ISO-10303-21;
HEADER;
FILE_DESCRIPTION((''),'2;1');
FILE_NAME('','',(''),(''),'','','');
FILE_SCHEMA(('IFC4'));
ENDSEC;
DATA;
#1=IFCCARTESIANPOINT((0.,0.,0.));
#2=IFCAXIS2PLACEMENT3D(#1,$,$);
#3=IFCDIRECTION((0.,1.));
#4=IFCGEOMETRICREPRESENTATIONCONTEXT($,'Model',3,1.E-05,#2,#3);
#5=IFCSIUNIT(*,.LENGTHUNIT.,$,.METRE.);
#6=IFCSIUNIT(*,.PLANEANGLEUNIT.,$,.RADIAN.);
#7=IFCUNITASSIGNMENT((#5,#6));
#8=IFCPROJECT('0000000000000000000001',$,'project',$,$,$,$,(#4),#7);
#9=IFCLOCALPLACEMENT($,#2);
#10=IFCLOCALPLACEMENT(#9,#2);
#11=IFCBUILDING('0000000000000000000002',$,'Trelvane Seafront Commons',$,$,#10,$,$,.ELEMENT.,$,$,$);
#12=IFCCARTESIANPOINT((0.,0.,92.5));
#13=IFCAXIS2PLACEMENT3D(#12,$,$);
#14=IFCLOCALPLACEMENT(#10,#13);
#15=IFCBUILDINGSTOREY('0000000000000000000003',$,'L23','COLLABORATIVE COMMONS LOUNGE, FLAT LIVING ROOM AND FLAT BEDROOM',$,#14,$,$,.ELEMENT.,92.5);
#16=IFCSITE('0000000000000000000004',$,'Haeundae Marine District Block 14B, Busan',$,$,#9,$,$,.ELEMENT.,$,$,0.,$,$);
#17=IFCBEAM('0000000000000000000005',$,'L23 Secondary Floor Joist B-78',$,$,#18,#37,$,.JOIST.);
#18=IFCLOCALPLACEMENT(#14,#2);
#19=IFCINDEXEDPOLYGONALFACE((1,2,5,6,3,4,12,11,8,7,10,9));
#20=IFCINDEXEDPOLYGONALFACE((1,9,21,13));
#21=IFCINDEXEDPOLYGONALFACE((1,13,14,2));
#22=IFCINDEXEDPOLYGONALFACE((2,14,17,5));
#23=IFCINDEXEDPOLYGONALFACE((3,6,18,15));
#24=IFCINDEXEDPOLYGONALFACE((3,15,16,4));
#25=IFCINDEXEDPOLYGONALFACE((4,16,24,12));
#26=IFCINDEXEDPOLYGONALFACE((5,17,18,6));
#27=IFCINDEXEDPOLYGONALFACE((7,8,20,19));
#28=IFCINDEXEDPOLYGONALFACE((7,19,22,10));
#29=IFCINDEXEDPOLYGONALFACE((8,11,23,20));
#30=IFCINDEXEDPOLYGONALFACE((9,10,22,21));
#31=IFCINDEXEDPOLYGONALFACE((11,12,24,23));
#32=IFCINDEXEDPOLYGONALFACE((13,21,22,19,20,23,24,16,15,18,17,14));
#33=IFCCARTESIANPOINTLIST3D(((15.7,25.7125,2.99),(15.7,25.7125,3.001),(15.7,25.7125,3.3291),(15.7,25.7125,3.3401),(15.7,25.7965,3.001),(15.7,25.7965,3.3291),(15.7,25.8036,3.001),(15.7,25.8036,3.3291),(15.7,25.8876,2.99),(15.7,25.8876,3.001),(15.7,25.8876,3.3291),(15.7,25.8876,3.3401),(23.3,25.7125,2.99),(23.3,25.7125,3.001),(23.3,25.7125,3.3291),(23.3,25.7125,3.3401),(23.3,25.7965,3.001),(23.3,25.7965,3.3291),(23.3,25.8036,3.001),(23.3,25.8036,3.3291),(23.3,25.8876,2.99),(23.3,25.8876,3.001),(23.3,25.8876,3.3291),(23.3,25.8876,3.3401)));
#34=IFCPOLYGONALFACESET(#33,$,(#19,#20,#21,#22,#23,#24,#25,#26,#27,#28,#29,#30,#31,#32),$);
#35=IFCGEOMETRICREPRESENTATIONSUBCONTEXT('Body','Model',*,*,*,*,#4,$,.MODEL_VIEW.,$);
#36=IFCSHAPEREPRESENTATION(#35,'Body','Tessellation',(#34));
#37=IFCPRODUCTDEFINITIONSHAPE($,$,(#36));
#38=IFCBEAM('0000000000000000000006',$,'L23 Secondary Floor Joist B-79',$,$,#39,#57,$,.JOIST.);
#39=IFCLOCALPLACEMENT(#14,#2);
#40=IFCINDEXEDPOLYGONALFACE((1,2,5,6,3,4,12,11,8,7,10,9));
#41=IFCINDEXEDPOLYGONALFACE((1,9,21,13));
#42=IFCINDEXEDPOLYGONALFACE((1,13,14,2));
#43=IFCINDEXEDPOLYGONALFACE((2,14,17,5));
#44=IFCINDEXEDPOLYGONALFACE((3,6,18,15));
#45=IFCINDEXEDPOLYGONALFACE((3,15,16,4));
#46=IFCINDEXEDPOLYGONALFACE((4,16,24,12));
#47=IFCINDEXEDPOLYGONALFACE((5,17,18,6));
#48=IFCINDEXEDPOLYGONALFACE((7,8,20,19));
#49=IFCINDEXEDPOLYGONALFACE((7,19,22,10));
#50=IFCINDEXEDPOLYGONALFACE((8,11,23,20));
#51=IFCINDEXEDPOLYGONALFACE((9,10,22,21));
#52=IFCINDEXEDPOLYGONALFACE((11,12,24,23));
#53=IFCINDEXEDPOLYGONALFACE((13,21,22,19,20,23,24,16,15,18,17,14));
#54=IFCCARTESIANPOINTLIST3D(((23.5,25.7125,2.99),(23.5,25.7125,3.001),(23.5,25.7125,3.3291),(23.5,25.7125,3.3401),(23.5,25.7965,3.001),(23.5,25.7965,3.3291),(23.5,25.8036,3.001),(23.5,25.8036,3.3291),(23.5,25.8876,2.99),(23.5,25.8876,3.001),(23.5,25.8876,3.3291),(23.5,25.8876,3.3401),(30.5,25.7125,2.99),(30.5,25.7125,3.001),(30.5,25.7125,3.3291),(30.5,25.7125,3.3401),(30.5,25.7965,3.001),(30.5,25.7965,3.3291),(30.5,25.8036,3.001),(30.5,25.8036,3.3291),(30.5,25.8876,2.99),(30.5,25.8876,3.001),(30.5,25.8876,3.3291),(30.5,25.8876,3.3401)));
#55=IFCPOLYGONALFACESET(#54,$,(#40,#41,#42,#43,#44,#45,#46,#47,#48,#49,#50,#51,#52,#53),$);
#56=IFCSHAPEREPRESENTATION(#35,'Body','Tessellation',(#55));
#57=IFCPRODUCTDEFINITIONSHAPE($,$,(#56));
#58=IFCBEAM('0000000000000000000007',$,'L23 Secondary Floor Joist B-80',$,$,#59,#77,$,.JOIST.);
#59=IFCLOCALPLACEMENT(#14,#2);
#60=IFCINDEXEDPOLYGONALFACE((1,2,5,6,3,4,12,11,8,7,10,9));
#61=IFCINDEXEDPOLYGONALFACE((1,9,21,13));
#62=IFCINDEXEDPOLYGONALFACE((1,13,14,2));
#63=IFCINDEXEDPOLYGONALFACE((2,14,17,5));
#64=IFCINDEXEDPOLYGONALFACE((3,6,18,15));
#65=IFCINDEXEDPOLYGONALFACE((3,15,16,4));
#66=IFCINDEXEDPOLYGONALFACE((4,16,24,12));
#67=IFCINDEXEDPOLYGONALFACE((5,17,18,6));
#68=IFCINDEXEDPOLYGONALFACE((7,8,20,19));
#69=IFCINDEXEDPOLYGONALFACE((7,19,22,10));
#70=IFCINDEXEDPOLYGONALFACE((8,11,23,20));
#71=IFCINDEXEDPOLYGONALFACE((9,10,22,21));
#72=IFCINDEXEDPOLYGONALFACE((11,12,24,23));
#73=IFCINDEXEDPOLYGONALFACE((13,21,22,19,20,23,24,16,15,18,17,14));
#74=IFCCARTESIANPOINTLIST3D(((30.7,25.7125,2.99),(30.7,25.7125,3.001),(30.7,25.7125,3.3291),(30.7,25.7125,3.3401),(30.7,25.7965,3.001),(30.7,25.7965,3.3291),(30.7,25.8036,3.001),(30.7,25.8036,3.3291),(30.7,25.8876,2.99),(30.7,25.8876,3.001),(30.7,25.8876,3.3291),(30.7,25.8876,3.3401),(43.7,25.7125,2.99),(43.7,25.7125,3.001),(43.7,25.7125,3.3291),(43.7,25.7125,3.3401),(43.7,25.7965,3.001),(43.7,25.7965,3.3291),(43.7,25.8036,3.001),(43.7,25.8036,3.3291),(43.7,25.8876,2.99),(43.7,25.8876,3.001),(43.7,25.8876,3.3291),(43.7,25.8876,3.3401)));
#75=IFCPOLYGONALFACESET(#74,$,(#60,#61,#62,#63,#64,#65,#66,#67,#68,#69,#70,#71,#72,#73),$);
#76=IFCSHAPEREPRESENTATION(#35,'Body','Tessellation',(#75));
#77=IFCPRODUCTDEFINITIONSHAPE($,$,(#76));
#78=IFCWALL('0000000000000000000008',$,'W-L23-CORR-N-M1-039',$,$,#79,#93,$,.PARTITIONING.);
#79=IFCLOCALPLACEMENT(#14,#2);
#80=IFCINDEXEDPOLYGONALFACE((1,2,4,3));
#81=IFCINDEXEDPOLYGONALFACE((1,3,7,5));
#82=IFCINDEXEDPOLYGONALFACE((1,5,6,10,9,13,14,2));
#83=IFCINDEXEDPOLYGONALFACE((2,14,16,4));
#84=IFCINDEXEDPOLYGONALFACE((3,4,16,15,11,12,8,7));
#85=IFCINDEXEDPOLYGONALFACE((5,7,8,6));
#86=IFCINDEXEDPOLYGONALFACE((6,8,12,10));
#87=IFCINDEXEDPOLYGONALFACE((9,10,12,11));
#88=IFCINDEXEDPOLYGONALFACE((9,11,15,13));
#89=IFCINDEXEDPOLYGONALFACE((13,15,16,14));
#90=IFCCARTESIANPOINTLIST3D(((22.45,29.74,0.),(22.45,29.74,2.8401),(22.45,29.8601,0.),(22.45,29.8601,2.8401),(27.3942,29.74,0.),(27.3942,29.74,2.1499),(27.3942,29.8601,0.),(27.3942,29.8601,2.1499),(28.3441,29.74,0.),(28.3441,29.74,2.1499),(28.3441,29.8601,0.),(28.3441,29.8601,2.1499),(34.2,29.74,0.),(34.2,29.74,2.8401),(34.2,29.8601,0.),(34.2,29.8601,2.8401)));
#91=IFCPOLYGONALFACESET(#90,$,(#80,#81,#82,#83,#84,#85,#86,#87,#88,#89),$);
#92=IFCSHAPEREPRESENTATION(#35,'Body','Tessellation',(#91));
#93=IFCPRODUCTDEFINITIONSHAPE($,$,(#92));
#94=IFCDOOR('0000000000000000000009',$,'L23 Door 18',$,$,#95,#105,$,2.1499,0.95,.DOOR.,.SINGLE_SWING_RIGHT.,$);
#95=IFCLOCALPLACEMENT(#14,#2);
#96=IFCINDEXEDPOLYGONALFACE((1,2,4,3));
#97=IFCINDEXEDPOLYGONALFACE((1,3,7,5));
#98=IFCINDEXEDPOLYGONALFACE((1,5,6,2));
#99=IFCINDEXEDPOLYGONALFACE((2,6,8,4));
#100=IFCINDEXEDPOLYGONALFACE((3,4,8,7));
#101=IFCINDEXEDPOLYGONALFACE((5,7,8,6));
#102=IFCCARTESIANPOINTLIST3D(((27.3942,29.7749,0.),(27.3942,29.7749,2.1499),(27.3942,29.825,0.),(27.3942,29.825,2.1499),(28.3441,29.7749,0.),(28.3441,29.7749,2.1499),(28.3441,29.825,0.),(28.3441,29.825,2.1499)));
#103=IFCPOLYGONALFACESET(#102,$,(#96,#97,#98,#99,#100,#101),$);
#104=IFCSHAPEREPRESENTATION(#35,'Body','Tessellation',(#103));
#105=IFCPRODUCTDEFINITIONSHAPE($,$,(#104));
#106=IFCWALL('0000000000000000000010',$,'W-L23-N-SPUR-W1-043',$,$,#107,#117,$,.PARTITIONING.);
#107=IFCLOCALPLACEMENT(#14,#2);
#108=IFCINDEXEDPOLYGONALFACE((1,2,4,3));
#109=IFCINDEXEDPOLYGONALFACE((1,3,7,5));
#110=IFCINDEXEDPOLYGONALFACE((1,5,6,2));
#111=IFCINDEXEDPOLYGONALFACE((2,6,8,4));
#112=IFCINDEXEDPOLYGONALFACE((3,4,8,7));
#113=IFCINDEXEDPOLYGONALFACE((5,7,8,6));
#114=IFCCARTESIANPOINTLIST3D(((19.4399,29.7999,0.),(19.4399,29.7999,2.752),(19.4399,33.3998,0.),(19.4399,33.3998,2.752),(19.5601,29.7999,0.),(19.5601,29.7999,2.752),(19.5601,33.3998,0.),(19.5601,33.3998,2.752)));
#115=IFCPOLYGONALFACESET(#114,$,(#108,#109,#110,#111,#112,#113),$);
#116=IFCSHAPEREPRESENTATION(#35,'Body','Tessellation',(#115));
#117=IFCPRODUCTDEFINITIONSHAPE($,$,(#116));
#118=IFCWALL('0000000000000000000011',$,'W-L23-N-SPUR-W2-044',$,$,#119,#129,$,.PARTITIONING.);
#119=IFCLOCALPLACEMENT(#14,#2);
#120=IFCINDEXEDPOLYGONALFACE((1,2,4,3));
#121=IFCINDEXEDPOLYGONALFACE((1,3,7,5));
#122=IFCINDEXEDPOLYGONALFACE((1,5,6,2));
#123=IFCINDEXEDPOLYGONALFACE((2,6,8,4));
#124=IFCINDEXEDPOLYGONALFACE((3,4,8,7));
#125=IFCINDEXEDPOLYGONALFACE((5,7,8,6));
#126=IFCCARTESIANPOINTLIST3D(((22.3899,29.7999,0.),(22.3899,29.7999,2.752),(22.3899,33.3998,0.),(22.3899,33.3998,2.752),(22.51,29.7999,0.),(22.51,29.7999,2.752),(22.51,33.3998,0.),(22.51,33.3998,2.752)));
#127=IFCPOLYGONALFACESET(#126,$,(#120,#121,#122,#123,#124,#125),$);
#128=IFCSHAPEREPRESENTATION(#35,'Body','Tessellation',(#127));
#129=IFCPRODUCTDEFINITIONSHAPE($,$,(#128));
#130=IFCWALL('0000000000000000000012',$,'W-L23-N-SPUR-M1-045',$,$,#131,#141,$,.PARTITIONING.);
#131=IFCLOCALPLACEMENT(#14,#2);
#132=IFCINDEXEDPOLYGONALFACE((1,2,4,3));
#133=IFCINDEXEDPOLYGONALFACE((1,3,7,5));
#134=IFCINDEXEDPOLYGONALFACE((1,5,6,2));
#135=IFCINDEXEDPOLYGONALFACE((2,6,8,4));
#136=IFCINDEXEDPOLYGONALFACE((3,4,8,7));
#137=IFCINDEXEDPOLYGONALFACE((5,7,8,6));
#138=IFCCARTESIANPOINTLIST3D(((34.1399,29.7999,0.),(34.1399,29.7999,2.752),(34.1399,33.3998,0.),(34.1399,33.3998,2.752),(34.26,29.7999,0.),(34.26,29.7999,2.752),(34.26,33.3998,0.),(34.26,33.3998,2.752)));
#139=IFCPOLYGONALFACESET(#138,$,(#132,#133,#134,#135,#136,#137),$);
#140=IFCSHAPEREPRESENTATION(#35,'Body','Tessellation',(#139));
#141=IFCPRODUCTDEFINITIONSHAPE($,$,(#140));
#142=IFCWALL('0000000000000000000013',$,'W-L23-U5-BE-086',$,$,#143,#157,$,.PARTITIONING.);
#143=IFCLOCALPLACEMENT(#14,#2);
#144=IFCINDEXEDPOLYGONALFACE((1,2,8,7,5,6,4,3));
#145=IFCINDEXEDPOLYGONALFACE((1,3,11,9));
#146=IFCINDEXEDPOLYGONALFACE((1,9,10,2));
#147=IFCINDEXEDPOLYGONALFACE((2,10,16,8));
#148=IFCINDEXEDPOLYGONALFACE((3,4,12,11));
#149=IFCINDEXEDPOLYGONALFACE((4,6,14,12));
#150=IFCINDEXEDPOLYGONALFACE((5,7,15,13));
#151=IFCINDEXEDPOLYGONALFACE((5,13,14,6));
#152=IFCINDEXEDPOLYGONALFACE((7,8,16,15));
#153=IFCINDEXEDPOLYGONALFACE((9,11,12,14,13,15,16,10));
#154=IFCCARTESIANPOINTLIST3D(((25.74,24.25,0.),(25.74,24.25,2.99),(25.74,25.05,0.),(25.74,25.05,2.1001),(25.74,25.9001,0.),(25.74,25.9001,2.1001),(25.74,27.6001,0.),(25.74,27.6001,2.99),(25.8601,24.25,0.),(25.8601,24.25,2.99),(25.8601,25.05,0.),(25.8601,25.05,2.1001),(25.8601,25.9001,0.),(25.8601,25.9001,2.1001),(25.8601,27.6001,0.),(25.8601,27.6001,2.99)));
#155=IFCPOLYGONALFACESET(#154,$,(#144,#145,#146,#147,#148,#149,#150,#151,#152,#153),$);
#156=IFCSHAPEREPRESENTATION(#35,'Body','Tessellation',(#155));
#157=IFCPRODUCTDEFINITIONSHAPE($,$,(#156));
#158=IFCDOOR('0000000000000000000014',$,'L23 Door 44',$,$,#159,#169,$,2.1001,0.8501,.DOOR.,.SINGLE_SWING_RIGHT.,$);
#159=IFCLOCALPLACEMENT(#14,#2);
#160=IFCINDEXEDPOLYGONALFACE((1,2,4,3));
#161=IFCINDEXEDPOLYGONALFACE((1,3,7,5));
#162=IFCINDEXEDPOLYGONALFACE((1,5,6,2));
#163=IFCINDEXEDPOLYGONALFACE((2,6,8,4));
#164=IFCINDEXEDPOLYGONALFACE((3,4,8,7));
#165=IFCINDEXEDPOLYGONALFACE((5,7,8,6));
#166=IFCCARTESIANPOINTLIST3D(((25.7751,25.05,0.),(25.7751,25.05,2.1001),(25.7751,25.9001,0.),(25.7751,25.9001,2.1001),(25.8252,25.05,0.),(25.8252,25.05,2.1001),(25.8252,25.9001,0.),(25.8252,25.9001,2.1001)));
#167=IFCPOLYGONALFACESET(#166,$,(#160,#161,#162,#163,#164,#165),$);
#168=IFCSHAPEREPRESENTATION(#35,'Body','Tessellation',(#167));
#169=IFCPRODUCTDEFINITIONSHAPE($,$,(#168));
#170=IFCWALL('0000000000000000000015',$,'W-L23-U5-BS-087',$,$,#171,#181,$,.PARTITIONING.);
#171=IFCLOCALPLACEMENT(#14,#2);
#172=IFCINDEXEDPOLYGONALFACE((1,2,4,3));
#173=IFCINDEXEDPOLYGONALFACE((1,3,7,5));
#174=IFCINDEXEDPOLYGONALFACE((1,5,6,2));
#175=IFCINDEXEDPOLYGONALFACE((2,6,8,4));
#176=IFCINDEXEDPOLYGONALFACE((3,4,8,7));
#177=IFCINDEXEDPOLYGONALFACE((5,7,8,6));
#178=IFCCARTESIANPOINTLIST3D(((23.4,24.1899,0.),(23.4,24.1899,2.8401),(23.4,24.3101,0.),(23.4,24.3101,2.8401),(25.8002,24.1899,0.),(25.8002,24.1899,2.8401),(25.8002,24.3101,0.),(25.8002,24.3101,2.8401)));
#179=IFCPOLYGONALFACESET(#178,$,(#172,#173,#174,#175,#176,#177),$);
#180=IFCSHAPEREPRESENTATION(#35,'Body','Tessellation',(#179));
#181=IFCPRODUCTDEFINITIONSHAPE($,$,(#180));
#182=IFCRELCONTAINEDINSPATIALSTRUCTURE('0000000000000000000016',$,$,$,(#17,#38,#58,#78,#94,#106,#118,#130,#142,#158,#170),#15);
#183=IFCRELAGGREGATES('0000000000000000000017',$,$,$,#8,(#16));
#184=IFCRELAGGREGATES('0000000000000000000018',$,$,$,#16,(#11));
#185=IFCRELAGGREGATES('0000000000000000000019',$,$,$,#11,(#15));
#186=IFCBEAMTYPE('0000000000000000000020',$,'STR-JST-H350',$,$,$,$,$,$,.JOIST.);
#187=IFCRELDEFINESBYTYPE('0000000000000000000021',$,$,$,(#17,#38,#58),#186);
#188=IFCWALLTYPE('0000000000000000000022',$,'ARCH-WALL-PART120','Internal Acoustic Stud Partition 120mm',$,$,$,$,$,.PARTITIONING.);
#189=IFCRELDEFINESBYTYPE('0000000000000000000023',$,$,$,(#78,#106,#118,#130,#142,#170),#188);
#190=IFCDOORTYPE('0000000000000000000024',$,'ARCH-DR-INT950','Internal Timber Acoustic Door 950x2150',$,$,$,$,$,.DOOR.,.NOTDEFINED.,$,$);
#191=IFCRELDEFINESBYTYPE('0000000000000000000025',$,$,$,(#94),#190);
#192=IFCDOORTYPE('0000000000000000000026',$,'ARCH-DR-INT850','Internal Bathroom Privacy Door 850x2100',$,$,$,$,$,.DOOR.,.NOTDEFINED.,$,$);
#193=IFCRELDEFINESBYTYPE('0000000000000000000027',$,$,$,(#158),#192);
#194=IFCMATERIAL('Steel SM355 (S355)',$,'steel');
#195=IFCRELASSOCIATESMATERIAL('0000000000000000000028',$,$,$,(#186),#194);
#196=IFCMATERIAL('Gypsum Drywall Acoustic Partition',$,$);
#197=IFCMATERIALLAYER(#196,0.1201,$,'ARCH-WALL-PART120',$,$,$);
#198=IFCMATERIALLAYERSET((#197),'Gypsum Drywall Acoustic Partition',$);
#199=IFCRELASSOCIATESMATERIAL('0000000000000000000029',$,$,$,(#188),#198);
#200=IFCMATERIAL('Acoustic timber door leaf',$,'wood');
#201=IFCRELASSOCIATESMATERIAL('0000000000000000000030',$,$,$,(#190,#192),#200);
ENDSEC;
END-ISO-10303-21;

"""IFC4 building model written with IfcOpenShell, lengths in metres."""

from ifc_helpers import new_model, si_unit, direction, frame, frame_2d, origin, origin_2d, place, context, subcontext, project, spatial, rectangle, i_section, extrude, source, transform, mapped, material, layer, layer_set, material_profile, profile_set, type_object, element, fill, save


model = new_model("IFC4")

# Units and contexts
model_context = context("Model", 3, precision=1e-05, world=origin(), true_north=direction((0.0, 1.0)))
body_context = subcontext(model_context, "Body", "Model", "MODEL_VIEW")
ifc_project = project(units=[si_unit("LENGTHUNIT", "METRE"), si_unit("PLANEANGLEUNIT", "RADIAN")], contexts=[model_context])

# Site, building, storey
site_placement = place(None, origin())
site = spatial("IfcSite", under=ifc_project, at=site_placement, Name="Haeundae Marine District Block 14B, Busan", CompositionType="ELEMENT", RefElevation=0.0)
building_placement = place(site_placement, origin())
building = spatial("IfcBuilding", under=site, at=building_placement, Name="Trelvane Seafront Commons", CompositionType="ELEMENT")
storey_placement = place(building_placement, frame((0.0, 0.0, 92.5)))
storey = spatial("IfcBuildingStorey", under=building, at=storey_placement, Name="L23", Description="COLLABORATIVE COMMONS LOUNGE, FLAT LIVING ROOM AND FLAT BEDROOM", CompositionType="ELEMENT", Elevation=92.5)

# Beams
ifc_material_1 = material(Name="Steel SM355 (S355)", Category="steel")
ifc_material_profile = material_profile(ifc_material_1, i_section(OverallWidth=0.175, OverallDepth=0.3501, WebThickness=0.0071, FlangeThickness=0.011, at=origin_2d()), Name="H-350x175x7x11")
ifc_profile_set = profile_set([ifc_material_profile], Name="Steel SM355 (S355)")
beam_type = type_object("IfcBeamType", Name="STR-JST-H350", PredefinedType="JOIST", material=ifc_profile_set)
shared_shape_1 = source(origin(), body_context, "Body", "SweptSolid", [
    extrude(i_section(OverallWidth=0.175, OverallDepth=0.3501, WebThickness=0.0071, FlangeThickness=0.011, at=origin_2d()), origin(), (0.0, 0.0, 1.0), 7.6001),
])
beam_1_placement = place(storey_placement, frame((15.7, 25.8, 3.165), z_axis=(1.0, 0.0, 0.0), x_axis=(0.0, 1.0, 0.0)))
element("IfcBeam", 1, at=beam_1_placement, inside=storey, type_object=beam_type, Name="L23 Secondary Floor Joist B-78", PredefinedType="JOIST", context=body_context, shape_type="MappedRepresentation", body=[
    mapped(shared_shape_1, transform((0.0, 0.0, 0.0), x_axis=(1.0, 0.0, 0.0), y_axis=(0.0, 1.0, 0.0), z_axis=(0.0, 0.0, 1.0), scale=1.0)),
])
shared_shape_2 = source(origin(), body_context, "Body", "SweptSolid", [
    extrude(i_section(OverallWidth=0.175, OverallDepth=0.3501, WebThickness=0.0071, FlangeThickness=0.011, at=origin_2d()), origin(), (0.0, 0.0, 1.0), 7.0),
])
beam_2_placement = place(storey_placement, frame((23.5, 25.8, 3.165), z_axis=(1.0, 0.0, 0.0), x_axis=(0.0, 1.0, 0.0)))
element("IfcBeam", 2, at=beam_2_placement, inside=storey, type_object=beam_type, Name="L23 Secondary Floor Joist B-79", PredefinedType="JOIST", context=body_context, shape_type="MappedRepresentation", body=[
    mapped(shared_shape_2, transform((0.0, 0.0, 0.0), x_axis=(1.0, 0.0, 0.0), y_axis=(0.0, 1.0, 0.0), z_axis=(0.0, 0.0, 1.0), scale=1.0)),
])
shared_shape_3 = source(origin(), body_context, "Body", "SweptSolid", [
    extrude(i_section(OverallWidth=0.175, OverallDepth=0.3501, WebThickness=0.0071, FlangeThickness=0.011, at=origin_2d()), origin(), (0.0, 0.0, 1.0), 13.0),
])
beam_3_placement = place(storey_placement, frame((30.7, 25.8, 3.165), z_axis=(1.0, 0.0, 0.0), x_axis=(0.0, 1.0, 0.0)))
element("IfcBeam", 3, at=beam_3_placement, inside=storey, type_object=beam_type, Name="L23 Secondary Floor Joist B-80", PredefinedType="JOIST", context=body_context, shape_type="MappedRepresentation", body=[
    mapped(shared_shape_3, transform((0.0, 0.0, 0.0), x_axis=(1.0, 0.0, 0.0), y_axis=(0.0, 1.0, 0.0), z_axis=(0.0, 0.0, 1.0), scale=1.0)),
])

# Wall, opening, door
ifc_material_2 = material(Name="Gypsum Drywall Acoustic Partition")
ifc_layer_1 = layer(ifc_material_2, 0.1201, Name="ARCH-WALL-PART120")
ifc_layer_set_1 = layer_set([ifc_layer_1], Name="Gypsum Drywall Acoustic Partition")
wall_type_1 = type_object("IfcWallType", Name="ARCH-WALL-PART120", Description="Internal Acoustic Stud Partition 120mm", PredefinedType="PARTITIONING", material=ifc_layer_set_1)
wall_1_placement = place(storey_placement, frame((22.45, 29.8, 0.0), z_axis=(0.0, 0.0, 1.0), x_axis=(1.0, 0.0, 0.0)))
wall_1 = element("IfcWall", 4, at=wall_1_placement, inside=storey, type_object=wall_type_1, Name="W-L23-CORR-N-M1-039", PredefinedType="PARTITIONING", context=body_context, shape_type="SweptSolid", body=[
    extrude(rectangle(XDim=11.75, YDim=0.1201, at=frame_2d((5.875, 0.0))), origin(), (0.0, 0.0, 1.0), 2.8401),
])
opening_1_placement = place(wall_1_placement, frame((4.9441, 0.0, 0.0)))
opening_1 = element("IfcOpeningElement", 5, at=opening_1_placement, cuts=wall_1, PredefinedType="OPENING", context=body_context, shape_type="SweptSolid", body=[
    extrude(rectangle(XDim=0.95, YDim=2.1499, at=frame_2d((0.4751, 1.075))), frame((0.0, 0.0701, 0.0), z_axis=(0.0, -1.0, 0.0), x_axis=(1.0, 0.0, 0.0)), (0.0, 0.0, 1.0), 0.1401),
])
ifc_material_3 = material(Name="Acoustic timber door leaf", Category="wood")
door_type_1 = type_object("IfcDoorType", Name="ARCH-DR-INT950", Description="Internal Timber Acoustic Door 950x2150", OperationType="NOTDEFINED", PredefinedType="DOOR", material=ifc_material_3)
shared_shape_4 = source(origin(), body_context, "Body", "SweptSolid", [
    extrude(rectangle(XDim=0.95, YDim=2.1499, at=frame_2d((0.4751, 1.075))), frame((0.0, 0.0249, 0.0), z_axis=(0.0, -1.0, 0.0), x_axis=(1.0, 0.0, 0.0)), (0.0, 0.0, 1.0), 0.05),
])
door_1_placement = place(opening_1_placement, origin())
door_1 = element("IfcDoor", 6, at=door_1_placement, inside=storey, type_object=door_type_1, Name="L23 Door 18", OperationType="SINGLE_SWING_RIGHT", OverallHeight=2.1499, OverallWidth=0.95, PredefinedType="DOOR", context=body_context, shape_type="MappedRepresentation", body=[
    mapped(shared_shape_4, transform((0.0, 0.0, 0.0), x_axis=(1.0, 0.0, 0.0), y_axis=(0.0, 1.0, 0.0), z_axis=(0.0, 0.0, 1.0), scale=1.0)),
])
fill(opening_1, door_1)

# Walls
for number, where, z_axis, x_axis, name in (
    (7, (19.5, 29.8, 0.0), (0.0, 0.0, 1.0), (0.0, 1.0, 0.0), "W-L23-N-SPUR-W1-043"),
    (8, (22.45, 29.8, 0.0), (0.0, 0.0, 1.0), (0.0, 1.0, 0.0), "W-L23-N-SPUR-W2-044"),
    (9, (34.2, 29.8, 0.0), (0.0, 0.0, 1.0), (0.0, 1.0, 0.0), "W-L23-N-SPUR-M1-045"),
):
    element("IfcWall", number, at=place(storey_placement, frame(where, z_axis=z_axis, x_axis=x_axis)), inside=storey, type_object=wall_type_1, Name=name, PredefinedType="PARTITIONING", context=body_context, shape_type="SweptSolid", body=[
        extrude(rectangle(XDim=3.5999, YDim=0.1201, at=frame_2d((1.7998, 0.0))), origin(), (0.0, 0.0, 1.0), 2.752),
    ])

# Wall, opening, door
wall_2_placement = place(storey_placement, frame((25.8, 24.25, 0.0), z_axis=(0.0, 0.0, 1.0), x_axis=(0.0, 1.0, 0.0)))
wall_2 = element("IfcWall", 10, at=wall_2_placement, inside=storey, type_object=wall_type_1, Name="W-L23-U5-BE-086", PredefinedType="PARTITIONING", context=body_context, shape_type="SweptSolid", body=[
    extrude(rectangle(XDim=3.3501, YDim=0.1201, at=frame_2d((1.675, 0.0))), origin(), (0.0, 0.0, 1.0), 2.99),
])
opening_2_placement = place(wall_2_placement, frame((0.8, 0.0, 0.0)))
opening_2 = element("IfcOpeningElement", 11, at=opening_2_placement, cuts=wall_2, PredefinedType="OPENING", context=body_context, shape_type="SweptSolid", body=[
    extrude(rectangle(XDim=0.8501, YDim=2.1001, at=frame_2d((0.425, 1.05))), frame((0.0, 0.0701, 0.0), z_axis=(0.0, -1.0, 0.0), x_axis=(1.0, 0.0, 0.0)), (0.0, 0.0, 1.0), 0.1401),
])
door_type_2 = type_object("IfcDoorType", Name="ARCH-DR-INT850", Description="Internal Bathroom Privacy Door 850x2100", OperationType="NOTDEFINED", PredefinedType="DOOR", material=ifc_material_3)
shared_shape_5 = source(origin(), body_context, "Body", "SweptSolid", [
    extrude(rectangle(XDim=0.8501, YDim=2.1001, at=frame_2d((0.425, 1.05))), frame((0.0, 0.0249, 0.0), z_axis=(0.0, -1.0, 0.0), x_axis=(1.0, 0.0, 0.0)), (0.0, 0.0, 1.0), 0.05),
])
door_2_placement = place(opening_2_placement, origin())
door_2 = element("IfcDoor", 12, at=door_2_placement, inside=storey, type_object=door_type_2, Name="L23 Door 44", OperationType="SINGLE_SWING_RIGHT", OverallHeight=2.1001, OverallWidth=0.8501, PredefinedType="DOOR", context=body_context, shape_type="MappedRepresentation", body=[
    mapped(shared_shape_5, transform((0.0, 0.0, 0.0), x_axis=(1.0, 0.0, 0.0), y_axis=(0.0, 1.0, 0.0), z_axis=(0.0, 0.0, 1.0), scale=1.0)),
])
fill(opening_2, door_2)

# Wall
wall_3_placement = place(storey_placement, frame((23.3999, 24.25, 0.0), z_axis=(0.0, 0.0, 1.0), x_axis=(1.0, 0.0, 0.0)))
element("IfcWall", 13, at=wall_3_placement, inside=storey, type_object=wall_type_1, Name="W-L23-U5-BS-087", PredefinedType="PARTITIONING", context=body_context, shape_type="SweptSolid", body=[
    extrude(rectangle(XDim=2.4001, YDim=0.1201, at=frame_2d((1.2002, 0.0))), origin(), (0.0, 0.0, 1.0), 2.8401),
])

save(model, "model.ifc")
